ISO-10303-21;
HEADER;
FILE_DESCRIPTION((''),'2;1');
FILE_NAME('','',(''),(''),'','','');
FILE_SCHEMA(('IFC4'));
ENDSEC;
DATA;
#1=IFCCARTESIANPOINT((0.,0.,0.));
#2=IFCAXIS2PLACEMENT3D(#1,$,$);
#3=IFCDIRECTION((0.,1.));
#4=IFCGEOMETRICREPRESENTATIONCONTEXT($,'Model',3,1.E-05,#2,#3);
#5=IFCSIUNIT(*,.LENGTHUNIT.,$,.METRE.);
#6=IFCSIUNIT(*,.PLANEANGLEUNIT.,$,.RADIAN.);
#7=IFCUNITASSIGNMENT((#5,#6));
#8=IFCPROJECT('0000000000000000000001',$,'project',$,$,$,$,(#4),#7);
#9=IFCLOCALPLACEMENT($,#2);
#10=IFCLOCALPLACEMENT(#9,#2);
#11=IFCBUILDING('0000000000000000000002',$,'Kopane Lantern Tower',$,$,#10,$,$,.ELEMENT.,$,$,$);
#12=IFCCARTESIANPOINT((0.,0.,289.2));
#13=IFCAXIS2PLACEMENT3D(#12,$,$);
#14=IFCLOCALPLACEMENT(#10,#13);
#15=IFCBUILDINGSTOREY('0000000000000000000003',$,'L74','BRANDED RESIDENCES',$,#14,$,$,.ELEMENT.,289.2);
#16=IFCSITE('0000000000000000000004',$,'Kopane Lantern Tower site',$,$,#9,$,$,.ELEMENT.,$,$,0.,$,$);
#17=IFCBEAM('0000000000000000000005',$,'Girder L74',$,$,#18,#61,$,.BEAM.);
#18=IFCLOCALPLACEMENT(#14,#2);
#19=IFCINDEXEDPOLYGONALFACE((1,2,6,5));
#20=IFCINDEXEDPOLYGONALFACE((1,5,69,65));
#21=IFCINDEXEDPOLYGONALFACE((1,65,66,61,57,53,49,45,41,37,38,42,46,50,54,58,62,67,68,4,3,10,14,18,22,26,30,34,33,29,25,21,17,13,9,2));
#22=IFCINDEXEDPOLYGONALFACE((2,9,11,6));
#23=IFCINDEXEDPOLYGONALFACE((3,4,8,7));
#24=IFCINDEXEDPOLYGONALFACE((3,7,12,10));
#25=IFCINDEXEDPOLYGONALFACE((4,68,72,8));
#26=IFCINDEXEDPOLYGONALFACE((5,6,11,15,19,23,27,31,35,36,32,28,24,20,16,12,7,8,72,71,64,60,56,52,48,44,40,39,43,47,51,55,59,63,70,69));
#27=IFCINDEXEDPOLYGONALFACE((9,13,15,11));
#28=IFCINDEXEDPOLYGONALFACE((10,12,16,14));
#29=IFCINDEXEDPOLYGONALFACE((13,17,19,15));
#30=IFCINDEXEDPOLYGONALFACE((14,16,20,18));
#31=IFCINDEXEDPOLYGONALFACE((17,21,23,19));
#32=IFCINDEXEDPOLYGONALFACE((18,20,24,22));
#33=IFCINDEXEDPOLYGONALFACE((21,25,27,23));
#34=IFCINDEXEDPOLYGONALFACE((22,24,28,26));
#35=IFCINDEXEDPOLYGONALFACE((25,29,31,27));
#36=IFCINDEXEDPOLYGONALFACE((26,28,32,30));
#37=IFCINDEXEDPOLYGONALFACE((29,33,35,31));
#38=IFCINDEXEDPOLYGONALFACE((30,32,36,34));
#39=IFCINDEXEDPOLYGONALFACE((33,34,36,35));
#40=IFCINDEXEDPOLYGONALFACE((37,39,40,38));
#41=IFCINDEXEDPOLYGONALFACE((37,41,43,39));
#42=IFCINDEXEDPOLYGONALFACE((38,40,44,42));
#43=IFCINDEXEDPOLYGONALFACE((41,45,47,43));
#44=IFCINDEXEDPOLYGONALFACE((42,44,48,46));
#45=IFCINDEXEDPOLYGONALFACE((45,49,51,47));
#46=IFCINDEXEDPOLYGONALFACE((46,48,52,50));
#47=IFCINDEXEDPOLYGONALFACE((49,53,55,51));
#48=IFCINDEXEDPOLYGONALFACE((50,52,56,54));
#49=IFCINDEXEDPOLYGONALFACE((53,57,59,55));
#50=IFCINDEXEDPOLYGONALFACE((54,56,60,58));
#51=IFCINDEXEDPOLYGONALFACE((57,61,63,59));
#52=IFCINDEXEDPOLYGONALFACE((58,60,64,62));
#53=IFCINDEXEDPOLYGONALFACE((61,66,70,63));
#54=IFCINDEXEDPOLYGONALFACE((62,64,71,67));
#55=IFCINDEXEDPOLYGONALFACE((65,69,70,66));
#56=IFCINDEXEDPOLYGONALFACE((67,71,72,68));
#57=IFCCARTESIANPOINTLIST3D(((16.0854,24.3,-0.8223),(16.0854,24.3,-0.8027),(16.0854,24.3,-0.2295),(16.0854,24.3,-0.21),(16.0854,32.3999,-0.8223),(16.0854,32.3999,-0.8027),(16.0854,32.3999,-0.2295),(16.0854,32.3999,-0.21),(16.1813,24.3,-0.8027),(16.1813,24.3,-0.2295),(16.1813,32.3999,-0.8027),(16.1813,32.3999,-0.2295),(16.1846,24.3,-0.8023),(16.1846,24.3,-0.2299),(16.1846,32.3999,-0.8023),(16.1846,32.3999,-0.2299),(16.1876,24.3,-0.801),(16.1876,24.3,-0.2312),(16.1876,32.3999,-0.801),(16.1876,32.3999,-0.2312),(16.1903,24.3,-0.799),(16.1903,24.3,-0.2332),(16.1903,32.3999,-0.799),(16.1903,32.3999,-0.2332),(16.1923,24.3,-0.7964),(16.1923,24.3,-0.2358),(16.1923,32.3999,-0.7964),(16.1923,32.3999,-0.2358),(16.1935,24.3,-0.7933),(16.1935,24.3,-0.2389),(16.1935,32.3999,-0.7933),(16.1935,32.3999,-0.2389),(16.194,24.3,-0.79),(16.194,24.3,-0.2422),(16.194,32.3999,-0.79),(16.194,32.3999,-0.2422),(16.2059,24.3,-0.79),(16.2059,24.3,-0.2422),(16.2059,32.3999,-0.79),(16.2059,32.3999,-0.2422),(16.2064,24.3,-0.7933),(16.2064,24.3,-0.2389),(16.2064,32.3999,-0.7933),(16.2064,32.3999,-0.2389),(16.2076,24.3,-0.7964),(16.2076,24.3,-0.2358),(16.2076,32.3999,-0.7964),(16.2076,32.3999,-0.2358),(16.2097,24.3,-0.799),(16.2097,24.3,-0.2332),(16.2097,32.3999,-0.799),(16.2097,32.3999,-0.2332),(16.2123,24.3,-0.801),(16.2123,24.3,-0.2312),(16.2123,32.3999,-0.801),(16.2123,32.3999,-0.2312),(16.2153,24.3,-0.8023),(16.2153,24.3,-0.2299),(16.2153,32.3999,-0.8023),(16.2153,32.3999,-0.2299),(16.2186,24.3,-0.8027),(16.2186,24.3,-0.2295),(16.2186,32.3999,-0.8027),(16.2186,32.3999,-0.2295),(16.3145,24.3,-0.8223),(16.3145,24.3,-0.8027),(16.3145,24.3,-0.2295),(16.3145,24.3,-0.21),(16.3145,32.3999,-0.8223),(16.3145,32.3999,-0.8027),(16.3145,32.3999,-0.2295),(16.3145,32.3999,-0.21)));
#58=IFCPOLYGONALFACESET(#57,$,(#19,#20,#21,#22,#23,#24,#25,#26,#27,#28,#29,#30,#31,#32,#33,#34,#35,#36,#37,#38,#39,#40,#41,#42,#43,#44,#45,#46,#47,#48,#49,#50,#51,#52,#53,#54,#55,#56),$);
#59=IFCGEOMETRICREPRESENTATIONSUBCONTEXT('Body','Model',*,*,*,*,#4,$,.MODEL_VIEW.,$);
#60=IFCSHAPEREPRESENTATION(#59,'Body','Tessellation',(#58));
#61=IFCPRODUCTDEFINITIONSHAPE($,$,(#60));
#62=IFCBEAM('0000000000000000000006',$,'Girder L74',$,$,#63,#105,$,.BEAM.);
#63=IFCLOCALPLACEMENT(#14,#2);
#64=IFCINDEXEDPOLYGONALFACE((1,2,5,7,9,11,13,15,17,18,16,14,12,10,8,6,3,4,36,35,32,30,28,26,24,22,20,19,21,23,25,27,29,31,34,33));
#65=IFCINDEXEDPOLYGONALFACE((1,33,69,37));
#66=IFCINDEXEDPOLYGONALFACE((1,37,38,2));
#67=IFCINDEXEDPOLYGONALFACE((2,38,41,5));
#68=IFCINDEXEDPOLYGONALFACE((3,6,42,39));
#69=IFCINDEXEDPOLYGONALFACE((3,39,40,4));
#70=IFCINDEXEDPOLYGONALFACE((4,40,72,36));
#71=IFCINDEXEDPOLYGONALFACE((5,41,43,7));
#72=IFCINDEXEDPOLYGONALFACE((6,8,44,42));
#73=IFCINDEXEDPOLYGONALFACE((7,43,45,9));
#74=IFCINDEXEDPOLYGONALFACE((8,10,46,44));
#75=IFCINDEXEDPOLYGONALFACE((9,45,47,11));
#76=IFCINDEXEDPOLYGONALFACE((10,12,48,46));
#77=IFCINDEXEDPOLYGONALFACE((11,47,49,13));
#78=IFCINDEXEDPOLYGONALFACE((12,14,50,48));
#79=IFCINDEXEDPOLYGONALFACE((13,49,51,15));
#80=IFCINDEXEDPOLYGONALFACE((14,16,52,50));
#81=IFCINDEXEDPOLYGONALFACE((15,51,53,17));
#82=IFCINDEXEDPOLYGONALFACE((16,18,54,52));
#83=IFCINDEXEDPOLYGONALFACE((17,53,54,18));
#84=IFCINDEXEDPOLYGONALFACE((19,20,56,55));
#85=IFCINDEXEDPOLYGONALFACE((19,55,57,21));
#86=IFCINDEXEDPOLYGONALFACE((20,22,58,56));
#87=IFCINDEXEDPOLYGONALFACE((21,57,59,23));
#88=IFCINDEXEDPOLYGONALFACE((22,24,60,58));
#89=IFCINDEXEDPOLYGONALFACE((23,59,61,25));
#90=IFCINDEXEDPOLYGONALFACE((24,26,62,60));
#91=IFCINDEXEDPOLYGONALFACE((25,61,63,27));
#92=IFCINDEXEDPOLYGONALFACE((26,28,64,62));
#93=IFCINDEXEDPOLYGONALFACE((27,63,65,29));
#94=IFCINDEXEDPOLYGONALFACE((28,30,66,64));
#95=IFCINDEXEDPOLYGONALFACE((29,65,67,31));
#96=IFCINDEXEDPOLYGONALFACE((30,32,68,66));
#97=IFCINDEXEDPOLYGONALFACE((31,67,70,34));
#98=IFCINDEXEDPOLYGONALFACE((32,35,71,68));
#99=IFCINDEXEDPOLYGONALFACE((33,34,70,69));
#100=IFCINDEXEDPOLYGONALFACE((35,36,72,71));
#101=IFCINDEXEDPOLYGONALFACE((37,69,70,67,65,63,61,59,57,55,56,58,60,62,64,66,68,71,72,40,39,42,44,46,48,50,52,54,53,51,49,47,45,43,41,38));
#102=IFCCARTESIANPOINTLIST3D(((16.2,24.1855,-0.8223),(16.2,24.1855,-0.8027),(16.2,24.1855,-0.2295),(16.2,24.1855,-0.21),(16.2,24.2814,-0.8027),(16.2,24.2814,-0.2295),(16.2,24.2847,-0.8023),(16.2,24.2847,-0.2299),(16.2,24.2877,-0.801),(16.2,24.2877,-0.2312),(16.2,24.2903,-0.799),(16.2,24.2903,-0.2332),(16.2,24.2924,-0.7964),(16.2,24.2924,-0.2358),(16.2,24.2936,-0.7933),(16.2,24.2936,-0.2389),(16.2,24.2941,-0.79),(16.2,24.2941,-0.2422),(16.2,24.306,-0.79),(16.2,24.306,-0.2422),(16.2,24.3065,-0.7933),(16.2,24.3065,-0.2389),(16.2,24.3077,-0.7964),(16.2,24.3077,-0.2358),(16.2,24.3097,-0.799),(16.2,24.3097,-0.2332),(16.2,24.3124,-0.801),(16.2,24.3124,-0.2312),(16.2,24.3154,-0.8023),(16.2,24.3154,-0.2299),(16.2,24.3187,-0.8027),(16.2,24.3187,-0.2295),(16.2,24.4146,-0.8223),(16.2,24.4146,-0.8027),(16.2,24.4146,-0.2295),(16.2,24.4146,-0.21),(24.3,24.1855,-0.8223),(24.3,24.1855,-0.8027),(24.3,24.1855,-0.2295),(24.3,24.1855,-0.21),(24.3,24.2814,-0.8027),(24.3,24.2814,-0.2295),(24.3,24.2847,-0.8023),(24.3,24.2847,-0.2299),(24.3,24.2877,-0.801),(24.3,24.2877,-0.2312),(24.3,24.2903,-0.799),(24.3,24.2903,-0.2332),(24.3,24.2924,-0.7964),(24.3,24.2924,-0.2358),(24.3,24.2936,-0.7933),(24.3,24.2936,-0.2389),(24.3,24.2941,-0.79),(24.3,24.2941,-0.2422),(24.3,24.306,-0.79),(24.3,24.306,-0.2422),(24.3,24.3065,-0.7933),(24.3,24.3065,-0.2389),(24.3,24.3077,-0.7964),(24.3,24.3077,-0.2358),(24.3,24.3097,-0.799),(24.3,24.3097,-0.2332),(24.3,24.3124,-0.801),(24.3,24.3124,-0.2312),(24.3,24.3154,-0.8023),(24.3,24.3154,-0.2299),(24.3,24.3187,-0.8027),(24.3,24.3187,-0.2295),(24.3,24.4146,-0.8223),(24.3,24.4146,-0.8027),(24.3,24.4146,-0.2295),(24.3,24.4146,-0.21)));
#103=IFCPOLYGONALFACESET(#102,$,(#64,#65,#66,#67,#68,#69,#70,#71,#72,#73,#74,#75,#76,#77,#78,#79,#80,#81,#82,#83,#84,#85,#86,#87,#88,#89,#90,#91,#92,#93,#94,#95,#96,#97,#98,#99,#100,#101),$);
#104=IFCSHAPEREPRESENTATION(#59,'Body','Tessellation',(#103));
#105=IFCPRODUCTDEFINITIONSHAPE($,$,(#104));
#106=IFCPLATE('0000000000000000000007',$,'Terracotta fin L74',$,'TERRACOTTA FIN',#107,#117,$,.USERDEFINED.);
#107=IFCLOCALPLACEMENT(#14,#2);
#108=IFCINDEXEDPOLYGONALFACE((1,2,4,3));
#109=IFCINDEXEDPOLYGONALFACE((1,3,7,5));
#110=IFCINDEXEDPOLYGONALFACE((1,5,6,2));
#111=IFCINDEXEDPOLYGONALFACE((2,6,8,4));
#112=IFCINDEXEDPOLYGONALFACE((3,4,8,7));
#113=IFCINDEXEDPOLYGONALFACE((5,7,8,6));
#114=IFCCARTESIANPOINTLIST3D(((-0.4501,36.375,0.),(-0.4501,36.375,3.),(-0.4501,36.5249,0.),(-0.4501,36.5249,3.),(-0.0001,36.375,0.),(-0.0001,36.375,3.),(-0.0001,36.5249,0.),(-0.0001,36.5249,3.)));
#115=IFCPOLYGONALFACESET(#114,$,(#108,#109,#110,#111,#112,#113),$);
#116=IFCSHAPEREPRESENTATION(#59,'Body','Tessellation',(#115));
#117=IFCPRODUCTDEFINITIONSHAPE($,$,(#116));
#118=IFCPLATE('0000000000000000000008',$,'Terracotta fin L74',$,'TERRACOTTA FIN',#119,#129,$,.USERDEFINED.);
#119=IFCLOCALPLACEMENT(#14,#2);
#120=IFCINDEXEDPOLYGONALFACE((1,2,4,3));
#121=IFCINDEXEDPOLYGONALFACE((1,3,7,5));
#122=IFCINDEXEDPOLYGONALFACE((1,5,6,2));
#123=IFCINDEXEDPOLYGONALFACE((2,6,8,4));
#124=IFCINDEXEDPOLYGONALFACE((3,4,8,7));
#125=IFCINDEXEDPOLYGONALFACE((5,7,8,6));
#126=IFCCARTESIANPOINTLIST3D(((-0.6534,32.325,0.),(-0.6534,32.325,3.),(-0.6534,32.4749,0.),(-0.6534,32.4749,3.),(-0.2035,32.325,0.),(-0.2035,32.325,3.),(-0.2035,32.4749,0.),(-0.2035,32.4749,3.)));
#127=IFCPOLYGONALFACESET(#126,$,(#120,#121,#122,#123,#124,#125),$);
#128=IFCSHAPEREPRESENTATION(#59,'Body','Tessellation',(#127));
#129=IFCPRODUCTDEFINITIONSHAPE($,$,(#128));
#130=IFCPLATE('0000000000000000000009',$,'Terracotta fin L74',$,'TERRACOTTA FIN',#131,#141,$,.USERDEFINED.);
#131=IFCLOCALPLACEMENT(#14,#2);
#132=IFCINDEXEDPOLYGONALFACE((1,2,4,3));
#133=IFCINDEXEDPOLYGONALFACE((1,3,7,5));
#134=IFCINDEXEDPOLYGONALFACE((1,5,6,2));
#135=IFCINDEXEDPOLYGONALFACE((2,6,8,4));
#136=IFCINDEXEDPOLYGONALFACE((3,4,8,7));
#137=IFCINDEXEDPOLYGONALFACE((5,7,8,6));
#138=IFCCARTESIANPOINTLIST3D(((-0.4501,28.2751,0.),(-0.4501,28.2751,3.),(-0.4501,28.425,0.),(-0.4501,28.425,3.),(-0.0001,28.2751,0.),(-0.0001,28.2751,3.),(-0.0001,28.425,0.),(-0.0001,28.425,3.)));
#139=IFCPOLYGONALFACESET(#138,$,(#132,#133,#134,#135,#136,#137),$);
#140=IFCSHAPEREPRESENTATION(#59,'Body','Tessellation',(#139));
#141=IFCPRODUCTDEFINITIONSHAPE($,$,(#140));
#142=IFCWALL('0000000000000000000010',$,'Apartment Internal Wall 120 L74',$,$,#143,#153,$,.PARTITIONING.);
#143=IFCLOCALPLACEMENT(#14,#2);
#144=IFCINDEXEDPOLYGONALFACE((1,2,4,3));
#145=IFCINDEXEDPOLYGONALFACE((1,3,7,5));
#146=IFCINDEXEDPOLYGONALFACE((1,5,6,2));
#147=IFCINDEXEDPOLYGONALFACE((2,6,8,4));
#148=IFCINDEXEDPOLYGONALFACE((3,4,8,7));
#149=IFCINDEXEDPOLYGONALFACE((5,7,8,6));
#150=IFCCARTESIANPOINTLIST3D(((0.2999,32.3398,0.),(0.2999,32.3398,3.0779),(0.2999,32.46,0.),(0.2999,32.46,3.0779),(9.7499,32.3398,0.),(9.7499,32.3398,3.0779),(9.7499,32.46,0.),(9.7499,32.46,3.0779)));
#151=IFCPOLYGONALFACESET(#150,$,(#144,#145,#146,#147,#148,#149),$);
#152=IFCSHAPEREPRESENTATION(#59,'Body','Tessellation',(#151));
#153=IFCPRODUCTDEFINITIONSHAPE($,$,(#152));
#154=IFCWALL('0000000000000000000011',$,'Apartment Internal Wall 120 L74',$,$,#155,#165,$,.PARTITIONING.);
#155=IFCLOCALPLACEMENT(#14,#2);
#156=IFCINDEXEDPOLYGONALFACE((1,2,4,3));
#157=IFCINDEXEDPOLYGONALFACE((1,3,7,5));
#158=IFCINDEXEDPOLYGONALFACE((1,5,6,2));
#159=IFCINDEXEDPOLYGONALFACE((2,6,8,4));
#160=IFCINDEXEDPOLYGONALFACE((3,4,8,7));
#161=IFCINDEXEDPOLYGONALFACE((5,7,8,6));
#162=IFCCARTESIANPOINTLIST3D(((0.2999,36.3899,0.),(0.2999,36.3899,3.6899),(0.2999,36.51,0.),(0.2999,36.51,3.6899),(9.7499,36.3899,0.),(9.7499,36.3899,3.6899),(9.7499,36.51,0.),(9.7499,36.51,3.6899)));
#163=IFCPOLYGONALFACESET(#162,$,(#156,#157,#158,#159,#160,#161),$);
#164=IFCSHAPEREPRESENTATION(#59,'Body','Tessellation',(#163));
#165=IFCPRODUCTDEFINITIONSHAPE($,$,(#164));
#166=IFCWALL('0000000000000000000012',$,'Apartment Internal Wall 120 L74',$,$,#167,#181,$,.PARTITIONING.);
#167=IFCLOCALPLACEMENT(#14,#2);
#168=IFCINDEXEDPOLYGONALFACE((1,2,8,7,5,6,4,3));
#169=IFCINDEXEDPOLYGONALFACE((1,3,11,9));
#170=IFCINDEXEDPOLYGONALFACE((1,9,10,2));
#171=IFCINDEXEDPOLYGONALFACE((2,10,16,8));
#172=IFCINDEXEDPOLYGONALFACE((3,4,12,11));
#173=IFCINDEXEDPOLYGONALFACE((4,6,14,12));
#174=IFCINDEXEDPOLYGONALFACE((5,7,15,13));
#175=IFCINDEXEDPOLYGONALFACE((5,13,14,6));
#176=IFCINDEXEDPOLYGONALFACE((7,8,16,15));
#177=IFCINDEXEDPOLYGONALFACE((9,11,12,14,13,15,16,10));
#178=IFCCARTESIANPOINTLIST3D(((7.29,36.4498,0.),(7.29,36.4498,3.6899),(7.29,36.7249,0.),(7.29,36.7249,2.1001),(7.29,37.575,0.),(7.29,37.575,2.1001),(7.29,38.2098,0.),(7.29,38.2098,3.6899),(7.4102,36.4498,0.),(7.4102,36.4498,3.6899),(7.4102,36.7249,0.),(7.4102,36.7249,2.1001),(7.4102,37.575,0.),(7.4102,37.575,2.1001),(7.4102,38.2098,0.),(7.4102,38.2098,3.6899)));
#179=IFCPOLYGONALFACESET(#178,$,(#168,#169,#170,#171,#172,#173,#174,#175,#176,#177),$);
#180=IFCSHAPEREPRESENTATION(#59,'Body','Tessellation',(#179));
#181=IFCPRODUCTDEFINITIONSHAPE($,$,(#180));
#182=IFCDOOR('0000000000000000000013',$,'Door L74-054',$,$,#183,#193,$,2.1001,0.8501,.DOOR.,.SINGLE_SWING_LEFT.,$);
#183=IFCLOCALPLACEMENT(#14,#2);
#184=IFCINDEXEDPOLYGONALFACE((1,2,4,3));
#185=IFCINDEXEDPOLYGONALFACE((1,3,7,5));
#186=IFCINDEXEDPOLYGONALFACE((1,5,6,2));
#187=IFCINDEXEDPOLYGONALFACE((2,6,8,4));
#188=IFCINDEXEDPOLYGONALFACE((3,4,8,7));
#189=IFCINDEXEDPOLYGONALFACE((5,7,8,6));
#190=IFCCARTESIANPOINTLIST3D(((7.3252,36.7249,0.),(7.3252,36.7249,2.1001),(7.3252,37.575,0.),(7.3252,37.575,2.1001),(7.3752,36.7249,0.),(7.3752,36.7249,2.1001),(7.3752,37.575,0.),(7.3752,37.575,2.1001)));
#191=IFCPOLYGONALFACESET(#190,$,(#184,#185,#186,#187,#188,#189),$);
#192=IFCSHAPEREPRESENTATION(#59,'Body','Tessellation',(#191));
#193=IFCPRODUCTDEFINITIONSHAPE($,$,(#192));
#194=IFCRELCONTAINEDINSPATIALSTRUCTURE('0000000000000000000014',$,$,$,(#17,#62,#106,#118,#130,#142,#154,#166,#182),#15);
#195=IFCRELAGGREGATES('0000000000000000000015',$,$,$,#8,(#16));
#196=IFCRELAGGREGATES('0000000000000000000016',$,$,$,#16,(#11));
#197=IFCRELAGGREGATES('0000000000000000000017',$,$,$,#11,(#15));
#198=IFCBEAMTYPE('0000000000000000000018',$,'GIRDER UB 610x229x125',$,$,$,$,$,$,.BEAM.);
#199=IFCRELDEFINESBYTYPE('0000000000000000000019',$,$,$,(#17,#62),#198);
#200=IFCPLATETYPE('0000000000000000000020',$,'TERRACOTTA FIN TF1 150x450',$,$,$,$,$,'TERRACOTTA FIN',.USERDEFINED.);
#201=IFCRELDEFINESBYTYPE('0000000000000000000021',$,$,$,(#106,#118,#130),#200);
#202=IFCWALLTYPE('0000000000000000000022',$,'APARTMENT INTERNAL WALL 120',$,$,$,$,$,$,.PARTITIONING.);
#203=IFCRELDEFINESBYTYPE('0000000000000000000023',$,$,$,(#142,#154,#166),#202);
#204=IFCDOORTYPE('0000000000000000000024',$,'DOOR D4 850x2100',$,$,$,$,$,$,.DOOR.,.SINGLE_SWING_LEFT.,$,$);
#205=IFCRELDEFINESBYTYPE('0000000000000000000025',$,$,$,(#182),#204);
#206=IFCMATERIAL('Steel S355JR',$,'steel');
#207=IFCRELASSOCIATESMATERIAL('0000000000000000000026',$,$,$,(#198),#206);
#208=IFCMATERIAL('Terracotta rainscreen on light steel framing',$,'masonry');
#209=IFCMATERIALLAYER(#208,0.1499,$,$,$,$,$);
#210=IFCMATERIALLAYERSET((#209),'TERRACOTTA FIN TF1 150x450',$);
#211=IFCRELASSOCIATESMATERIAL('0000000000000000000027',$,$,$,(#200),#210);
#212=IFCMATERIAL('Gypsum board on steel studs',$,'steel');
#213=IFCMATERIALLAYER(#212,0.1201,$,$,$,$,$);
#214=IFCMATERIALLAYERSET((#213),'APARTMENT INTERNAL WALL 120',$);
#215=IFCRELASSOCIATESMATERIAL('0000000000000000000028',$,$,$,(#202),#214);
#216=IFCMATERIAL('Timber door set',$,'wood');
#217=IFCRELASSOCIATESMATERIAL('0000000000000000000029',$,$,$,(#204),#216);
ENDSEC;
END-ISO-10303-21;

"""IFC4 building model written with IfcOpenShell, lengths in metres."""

from ifc_helpers import new_model, si_unit, direction, frame, frame_2d, origin, origin_2d, place, context, subcontext, project, spatial, rectangle, i_section, extrude, material, layer, layer_set, material_profile, profile_set, type_object, element, fill, save


model = new_model("IFC4")

# Units and contexts
model_context = context("Model", 3, precision=1e-05, world=origin(), true_north=direction((0.0, 1.0)))
body_context = subcontext(model_context, "Body", "Model", "MODEL_VIEW")
ifc_project = project(units=[si_unit("LENGTHUNIT", "METRE"), si_unit("PLANEANGLEUNIT", "RADIAN")], contexts=[model_context])

# Site, building, storey
site_placement = place(None, origin())
site = spatial("IfcSite", under=ifc_project, at=site_placement, Name="Kopane Lantern Tower site", CompositionType="ELEMENT", RefElevation=0.0)
building_placement = place(site_placement, origin())
building = spatial("IfcBuilding", under=site, at=building_placement, Name="Kopane Lantern Tower", CompositionType="ELEMENT")
storey_placement = place(building_placement, frame((0.0, 0.0, 289.2)))
storey = spatial("IfcBuildingStorey", under=building, at=storey_placement, Name="L74", Description="BRANDED RESIDENCES", CompositionType="ELEMENT", Elevation=289.2)

# Beams
ifc_material_1 = material(Name="Steel S355JR", Category="steel")
ifc_material_profile_1 = material_profile(ifc_material_1, i_section(OverallWidth=0.229, OverallDepth=0.6123, WebThickness=0.012, FlangeThickness=0.0195, FilletRadius=0.0127, at=origin_2d()), Name="UB 610x229x125")
ifc_profile_set_1 = profile_set([ifc_material_profile_1], Name="Steel S355JR")
beam_type = type_object("IfcBeamType", Name="GIRDER UB 610x229x125", PredefinedType="BEAM", material=ifc_profile_set_1)
for number, where, z_axis, x_axis, name in (
    (1, (16.2, 24.3, -0.5161), (0.0, 1.0, 0.0), (-1.0, 0.0, 0.0), "Girder L74"),
):
    element("IfcBeam", number, at=place(storey_placement, frame(where, z_axis=z_axis, x_axis=x_axis)), inside=storey, type_object=beam_type, Name=name, PredefinedType="BEAM", context=body_context, shape_type="SweptSolid", body=[
        extrude(i_section(OverallWidth=0.229, OverallDepth=0.6123, WebThickness=0.012, FlangeThickness=0.0195, FilletRadius=0.0127, at=origin_2d()), origin(), (0.0, 0.0, 1.0), 8.0999),
    ])
beam_placement = place(storey_placement, frame((16.2, 24.3, -0.5161), z_axis=(1.0, 0.0, 0.0), x_axis=(0.0, 1.0, 0.0)))
element("IfcBeam", 2, at=beam_placement, inside=storey, type_object=beam_type, Name="Girder L74", PredefinedType="BEAM", context=body_context, shape_type="SweptSolid", body=[
    extrude(i_section(OverallWidth=0.229, OverallDepth=0.6123, WebThickness=0.012, FlangeThickness=0.0195, FilletRadius=0.0127, at=origin_2d()), origin(), (0.0, 0.0, 1.0), 8.1001),
])

# Plates
ifc_material_2 = material(Name="Terracotta rainscreen on light steel framing", Category="masonry")
ifc_layer_1 = layer(ifc_material_2, 0.1499)
ifc_layer_set_1 = layer_set([ifc_layer_1], Name="TERRACOTTA FIN TF1 150x450")
plate_type = type_object("IfcPlateType", Name="TERRACOTTA FIN TF1 150x450", ElementType="TERRACOTTA FIN", PredefinedType="USERDEFINED", material=ifc_layer_set_1)
for number, where, z_axis, x_axis, name in (
    (3, (-0.2251, 36.45, 0.0), (0.0, 0.0, 1.0), (0.0, -1.0, 0.0), "Terracotta fin L74"),
    (4, (-0.4285, 32.3999, 0.0), (0.0, 0.0, 1.0), (0.0, -1.0, 0.0), "Terracotta fin L74"),
    (5, (-0.2251, 28.3501, 0.0), (0.0, 0.0, 1.0), (0.0, -1.0, 0.0), "Terracotta fin L74"),
):
    element("IfcPlate", number, at=place(storey_placement, frame(where, z_axis=z_axis, x_axis=x_axis)), inside=storey, type_object=plate_type, Name=name, ObjectType="TERRACOTTA FIN", PredefinedType="USERDEFINED", context=body_context, shape_type="SweptSolid", body=[
        extrude(rectangle(XDim=0.1499, YDim=0.45, at=origin_2d()), origin(), (0.0, 0.0, 1.0), 3.0),
    ])

# Walls
ifc_material_3 = material(Name="Gypsum board on steel studs", Category="steel")
ifc_layer_2 = layer(ifc_material_3, 0.1201)
ifc_layer_set_2 = layer_set([ifc_layer_2], Name="APARTMENT INTERNAL WALL 120")
wall_type_1 = type_object("IfcWallType", Name="APARTMENT INTERNAL WALL 120", PredefinedType="PARTITIONING", material=ifc_layer_set_2)
wall_1_placement = place(storey_placement, frame((9.75, 32.3999, 0.0), z_axis=(0.0, 0.0, 1.0), x_axis=(-1.0, 0.0, 0.0)))
element("IfcWall", 6, at=wall_1_placement, inside=storey, type_object=wall_type_1, Name="Apartment Internal Wall 120 L74", PredefinedType="PARTITIONING", context=body_context, shape_type="SweptSolid", body=[
    extrude(rectangle(XDim=9.45, YDim=0.1201, at=frame_2d((4.7251, 0.0))), origin(), (0.0, 0.0, 1.0), 3.0779),
])
wall_2_placement = place(storey_placement, frame((9.75, 36.45, 0.0), z_axis=(0.0, 0.0, 1.0), x_axis=(-1.0, 0.0, 0.0)))
element("IfcWall", 7, at=wall_2_placement, inside=storey, type_object=wall_type_1, Name="Apartment Internal Wall 120 L74", PredefinedType="PARTITIONING", context=body_context, shape_type="SweptSolid", body=[
    extrude(rectangle(XDim=9.45, YDim=0.1201, at=frame_2d((4.7251, 0.0))), origin(), (0.0, 0.0, 1.0), 3.6899),
])

# Wall, opening, door
wall_3_placement = place(storey_placement, frame((7.3501, 36.45, 0.0), z_axis=(0.0, 0.0, 1.0), x_axis=(0.0, 1.0, 0.0)))
wall_3 = element("IfcWall", 8, at=wall_3_placement, inside=storey, type_object=wall_type_1, Name="Apartment Internal Wall 120 L74", PredefinedType="PARTITIONING", context=body_context, shape_type="SweptSolid", body=[
    extrude(rectangle(XDim=1.76, YDim=0.1201, at=frame_2d((0.8799, 0.0))), origin(), (0.0, 0.0, 1.0), 3.6899),
])
opening_1_placement = place(wall_3_placement, frame((0.2749, 0.0, 0.0)))
opening_1 = element("IfcOpeningElement", 9, at=opening_1_placement, cuts=wall_3, PredefinedType="OPENING", context=body_context, shape_type="SweptSolid", body=[
    extrude(rectangle(XDim=0.8501, YDim=2.1001, at=frame_2d((0.425, 1.05))), frame((0.0, 0.0701, 0.0), z_axis=(0.0, -1.0, 0.0), x_axis=(1.0, 0.0, 0.0)), (0.0, 0.0, 1.0), 0.1401),
])
ifc_material_4 = material(Name="Timber door set", Category="wood")
door_type_1 = type_object("IfcDoorType", Name="DOOR D4 850x2100", OperationType="SINGLE_SWING_LEFT", PredefinedType="DOOR", material=ifc_material_4)
door_1_placement = place(opening_1_placement, origin())
door_1 = element("IfcDoor", 10, at=door_1_placement, inside=storey, type_object=door_type_1, Name="Door L74-054", OperationType="SINGLE_SWING_LEFT", OverallHeight=2.1001, OverallWidth=0.8501, PredefinedType="DOOR", context=body_context, shape_type="SweptSolid", body=[
    extrude(rectangle(XDim=0.8501, YDim=2.1001, at=frame_2d((0.425, 1.05))), frame((0.0, 0.0249, 0.0), z_axis=(0.0, -1.0, 0.0), x_axis=(1.0, 0.0, 0.0)), (0.0, 0.0, 1.0), 0.05),
])
fill(opening_1, door_1)

save(model, "model.ifc")
